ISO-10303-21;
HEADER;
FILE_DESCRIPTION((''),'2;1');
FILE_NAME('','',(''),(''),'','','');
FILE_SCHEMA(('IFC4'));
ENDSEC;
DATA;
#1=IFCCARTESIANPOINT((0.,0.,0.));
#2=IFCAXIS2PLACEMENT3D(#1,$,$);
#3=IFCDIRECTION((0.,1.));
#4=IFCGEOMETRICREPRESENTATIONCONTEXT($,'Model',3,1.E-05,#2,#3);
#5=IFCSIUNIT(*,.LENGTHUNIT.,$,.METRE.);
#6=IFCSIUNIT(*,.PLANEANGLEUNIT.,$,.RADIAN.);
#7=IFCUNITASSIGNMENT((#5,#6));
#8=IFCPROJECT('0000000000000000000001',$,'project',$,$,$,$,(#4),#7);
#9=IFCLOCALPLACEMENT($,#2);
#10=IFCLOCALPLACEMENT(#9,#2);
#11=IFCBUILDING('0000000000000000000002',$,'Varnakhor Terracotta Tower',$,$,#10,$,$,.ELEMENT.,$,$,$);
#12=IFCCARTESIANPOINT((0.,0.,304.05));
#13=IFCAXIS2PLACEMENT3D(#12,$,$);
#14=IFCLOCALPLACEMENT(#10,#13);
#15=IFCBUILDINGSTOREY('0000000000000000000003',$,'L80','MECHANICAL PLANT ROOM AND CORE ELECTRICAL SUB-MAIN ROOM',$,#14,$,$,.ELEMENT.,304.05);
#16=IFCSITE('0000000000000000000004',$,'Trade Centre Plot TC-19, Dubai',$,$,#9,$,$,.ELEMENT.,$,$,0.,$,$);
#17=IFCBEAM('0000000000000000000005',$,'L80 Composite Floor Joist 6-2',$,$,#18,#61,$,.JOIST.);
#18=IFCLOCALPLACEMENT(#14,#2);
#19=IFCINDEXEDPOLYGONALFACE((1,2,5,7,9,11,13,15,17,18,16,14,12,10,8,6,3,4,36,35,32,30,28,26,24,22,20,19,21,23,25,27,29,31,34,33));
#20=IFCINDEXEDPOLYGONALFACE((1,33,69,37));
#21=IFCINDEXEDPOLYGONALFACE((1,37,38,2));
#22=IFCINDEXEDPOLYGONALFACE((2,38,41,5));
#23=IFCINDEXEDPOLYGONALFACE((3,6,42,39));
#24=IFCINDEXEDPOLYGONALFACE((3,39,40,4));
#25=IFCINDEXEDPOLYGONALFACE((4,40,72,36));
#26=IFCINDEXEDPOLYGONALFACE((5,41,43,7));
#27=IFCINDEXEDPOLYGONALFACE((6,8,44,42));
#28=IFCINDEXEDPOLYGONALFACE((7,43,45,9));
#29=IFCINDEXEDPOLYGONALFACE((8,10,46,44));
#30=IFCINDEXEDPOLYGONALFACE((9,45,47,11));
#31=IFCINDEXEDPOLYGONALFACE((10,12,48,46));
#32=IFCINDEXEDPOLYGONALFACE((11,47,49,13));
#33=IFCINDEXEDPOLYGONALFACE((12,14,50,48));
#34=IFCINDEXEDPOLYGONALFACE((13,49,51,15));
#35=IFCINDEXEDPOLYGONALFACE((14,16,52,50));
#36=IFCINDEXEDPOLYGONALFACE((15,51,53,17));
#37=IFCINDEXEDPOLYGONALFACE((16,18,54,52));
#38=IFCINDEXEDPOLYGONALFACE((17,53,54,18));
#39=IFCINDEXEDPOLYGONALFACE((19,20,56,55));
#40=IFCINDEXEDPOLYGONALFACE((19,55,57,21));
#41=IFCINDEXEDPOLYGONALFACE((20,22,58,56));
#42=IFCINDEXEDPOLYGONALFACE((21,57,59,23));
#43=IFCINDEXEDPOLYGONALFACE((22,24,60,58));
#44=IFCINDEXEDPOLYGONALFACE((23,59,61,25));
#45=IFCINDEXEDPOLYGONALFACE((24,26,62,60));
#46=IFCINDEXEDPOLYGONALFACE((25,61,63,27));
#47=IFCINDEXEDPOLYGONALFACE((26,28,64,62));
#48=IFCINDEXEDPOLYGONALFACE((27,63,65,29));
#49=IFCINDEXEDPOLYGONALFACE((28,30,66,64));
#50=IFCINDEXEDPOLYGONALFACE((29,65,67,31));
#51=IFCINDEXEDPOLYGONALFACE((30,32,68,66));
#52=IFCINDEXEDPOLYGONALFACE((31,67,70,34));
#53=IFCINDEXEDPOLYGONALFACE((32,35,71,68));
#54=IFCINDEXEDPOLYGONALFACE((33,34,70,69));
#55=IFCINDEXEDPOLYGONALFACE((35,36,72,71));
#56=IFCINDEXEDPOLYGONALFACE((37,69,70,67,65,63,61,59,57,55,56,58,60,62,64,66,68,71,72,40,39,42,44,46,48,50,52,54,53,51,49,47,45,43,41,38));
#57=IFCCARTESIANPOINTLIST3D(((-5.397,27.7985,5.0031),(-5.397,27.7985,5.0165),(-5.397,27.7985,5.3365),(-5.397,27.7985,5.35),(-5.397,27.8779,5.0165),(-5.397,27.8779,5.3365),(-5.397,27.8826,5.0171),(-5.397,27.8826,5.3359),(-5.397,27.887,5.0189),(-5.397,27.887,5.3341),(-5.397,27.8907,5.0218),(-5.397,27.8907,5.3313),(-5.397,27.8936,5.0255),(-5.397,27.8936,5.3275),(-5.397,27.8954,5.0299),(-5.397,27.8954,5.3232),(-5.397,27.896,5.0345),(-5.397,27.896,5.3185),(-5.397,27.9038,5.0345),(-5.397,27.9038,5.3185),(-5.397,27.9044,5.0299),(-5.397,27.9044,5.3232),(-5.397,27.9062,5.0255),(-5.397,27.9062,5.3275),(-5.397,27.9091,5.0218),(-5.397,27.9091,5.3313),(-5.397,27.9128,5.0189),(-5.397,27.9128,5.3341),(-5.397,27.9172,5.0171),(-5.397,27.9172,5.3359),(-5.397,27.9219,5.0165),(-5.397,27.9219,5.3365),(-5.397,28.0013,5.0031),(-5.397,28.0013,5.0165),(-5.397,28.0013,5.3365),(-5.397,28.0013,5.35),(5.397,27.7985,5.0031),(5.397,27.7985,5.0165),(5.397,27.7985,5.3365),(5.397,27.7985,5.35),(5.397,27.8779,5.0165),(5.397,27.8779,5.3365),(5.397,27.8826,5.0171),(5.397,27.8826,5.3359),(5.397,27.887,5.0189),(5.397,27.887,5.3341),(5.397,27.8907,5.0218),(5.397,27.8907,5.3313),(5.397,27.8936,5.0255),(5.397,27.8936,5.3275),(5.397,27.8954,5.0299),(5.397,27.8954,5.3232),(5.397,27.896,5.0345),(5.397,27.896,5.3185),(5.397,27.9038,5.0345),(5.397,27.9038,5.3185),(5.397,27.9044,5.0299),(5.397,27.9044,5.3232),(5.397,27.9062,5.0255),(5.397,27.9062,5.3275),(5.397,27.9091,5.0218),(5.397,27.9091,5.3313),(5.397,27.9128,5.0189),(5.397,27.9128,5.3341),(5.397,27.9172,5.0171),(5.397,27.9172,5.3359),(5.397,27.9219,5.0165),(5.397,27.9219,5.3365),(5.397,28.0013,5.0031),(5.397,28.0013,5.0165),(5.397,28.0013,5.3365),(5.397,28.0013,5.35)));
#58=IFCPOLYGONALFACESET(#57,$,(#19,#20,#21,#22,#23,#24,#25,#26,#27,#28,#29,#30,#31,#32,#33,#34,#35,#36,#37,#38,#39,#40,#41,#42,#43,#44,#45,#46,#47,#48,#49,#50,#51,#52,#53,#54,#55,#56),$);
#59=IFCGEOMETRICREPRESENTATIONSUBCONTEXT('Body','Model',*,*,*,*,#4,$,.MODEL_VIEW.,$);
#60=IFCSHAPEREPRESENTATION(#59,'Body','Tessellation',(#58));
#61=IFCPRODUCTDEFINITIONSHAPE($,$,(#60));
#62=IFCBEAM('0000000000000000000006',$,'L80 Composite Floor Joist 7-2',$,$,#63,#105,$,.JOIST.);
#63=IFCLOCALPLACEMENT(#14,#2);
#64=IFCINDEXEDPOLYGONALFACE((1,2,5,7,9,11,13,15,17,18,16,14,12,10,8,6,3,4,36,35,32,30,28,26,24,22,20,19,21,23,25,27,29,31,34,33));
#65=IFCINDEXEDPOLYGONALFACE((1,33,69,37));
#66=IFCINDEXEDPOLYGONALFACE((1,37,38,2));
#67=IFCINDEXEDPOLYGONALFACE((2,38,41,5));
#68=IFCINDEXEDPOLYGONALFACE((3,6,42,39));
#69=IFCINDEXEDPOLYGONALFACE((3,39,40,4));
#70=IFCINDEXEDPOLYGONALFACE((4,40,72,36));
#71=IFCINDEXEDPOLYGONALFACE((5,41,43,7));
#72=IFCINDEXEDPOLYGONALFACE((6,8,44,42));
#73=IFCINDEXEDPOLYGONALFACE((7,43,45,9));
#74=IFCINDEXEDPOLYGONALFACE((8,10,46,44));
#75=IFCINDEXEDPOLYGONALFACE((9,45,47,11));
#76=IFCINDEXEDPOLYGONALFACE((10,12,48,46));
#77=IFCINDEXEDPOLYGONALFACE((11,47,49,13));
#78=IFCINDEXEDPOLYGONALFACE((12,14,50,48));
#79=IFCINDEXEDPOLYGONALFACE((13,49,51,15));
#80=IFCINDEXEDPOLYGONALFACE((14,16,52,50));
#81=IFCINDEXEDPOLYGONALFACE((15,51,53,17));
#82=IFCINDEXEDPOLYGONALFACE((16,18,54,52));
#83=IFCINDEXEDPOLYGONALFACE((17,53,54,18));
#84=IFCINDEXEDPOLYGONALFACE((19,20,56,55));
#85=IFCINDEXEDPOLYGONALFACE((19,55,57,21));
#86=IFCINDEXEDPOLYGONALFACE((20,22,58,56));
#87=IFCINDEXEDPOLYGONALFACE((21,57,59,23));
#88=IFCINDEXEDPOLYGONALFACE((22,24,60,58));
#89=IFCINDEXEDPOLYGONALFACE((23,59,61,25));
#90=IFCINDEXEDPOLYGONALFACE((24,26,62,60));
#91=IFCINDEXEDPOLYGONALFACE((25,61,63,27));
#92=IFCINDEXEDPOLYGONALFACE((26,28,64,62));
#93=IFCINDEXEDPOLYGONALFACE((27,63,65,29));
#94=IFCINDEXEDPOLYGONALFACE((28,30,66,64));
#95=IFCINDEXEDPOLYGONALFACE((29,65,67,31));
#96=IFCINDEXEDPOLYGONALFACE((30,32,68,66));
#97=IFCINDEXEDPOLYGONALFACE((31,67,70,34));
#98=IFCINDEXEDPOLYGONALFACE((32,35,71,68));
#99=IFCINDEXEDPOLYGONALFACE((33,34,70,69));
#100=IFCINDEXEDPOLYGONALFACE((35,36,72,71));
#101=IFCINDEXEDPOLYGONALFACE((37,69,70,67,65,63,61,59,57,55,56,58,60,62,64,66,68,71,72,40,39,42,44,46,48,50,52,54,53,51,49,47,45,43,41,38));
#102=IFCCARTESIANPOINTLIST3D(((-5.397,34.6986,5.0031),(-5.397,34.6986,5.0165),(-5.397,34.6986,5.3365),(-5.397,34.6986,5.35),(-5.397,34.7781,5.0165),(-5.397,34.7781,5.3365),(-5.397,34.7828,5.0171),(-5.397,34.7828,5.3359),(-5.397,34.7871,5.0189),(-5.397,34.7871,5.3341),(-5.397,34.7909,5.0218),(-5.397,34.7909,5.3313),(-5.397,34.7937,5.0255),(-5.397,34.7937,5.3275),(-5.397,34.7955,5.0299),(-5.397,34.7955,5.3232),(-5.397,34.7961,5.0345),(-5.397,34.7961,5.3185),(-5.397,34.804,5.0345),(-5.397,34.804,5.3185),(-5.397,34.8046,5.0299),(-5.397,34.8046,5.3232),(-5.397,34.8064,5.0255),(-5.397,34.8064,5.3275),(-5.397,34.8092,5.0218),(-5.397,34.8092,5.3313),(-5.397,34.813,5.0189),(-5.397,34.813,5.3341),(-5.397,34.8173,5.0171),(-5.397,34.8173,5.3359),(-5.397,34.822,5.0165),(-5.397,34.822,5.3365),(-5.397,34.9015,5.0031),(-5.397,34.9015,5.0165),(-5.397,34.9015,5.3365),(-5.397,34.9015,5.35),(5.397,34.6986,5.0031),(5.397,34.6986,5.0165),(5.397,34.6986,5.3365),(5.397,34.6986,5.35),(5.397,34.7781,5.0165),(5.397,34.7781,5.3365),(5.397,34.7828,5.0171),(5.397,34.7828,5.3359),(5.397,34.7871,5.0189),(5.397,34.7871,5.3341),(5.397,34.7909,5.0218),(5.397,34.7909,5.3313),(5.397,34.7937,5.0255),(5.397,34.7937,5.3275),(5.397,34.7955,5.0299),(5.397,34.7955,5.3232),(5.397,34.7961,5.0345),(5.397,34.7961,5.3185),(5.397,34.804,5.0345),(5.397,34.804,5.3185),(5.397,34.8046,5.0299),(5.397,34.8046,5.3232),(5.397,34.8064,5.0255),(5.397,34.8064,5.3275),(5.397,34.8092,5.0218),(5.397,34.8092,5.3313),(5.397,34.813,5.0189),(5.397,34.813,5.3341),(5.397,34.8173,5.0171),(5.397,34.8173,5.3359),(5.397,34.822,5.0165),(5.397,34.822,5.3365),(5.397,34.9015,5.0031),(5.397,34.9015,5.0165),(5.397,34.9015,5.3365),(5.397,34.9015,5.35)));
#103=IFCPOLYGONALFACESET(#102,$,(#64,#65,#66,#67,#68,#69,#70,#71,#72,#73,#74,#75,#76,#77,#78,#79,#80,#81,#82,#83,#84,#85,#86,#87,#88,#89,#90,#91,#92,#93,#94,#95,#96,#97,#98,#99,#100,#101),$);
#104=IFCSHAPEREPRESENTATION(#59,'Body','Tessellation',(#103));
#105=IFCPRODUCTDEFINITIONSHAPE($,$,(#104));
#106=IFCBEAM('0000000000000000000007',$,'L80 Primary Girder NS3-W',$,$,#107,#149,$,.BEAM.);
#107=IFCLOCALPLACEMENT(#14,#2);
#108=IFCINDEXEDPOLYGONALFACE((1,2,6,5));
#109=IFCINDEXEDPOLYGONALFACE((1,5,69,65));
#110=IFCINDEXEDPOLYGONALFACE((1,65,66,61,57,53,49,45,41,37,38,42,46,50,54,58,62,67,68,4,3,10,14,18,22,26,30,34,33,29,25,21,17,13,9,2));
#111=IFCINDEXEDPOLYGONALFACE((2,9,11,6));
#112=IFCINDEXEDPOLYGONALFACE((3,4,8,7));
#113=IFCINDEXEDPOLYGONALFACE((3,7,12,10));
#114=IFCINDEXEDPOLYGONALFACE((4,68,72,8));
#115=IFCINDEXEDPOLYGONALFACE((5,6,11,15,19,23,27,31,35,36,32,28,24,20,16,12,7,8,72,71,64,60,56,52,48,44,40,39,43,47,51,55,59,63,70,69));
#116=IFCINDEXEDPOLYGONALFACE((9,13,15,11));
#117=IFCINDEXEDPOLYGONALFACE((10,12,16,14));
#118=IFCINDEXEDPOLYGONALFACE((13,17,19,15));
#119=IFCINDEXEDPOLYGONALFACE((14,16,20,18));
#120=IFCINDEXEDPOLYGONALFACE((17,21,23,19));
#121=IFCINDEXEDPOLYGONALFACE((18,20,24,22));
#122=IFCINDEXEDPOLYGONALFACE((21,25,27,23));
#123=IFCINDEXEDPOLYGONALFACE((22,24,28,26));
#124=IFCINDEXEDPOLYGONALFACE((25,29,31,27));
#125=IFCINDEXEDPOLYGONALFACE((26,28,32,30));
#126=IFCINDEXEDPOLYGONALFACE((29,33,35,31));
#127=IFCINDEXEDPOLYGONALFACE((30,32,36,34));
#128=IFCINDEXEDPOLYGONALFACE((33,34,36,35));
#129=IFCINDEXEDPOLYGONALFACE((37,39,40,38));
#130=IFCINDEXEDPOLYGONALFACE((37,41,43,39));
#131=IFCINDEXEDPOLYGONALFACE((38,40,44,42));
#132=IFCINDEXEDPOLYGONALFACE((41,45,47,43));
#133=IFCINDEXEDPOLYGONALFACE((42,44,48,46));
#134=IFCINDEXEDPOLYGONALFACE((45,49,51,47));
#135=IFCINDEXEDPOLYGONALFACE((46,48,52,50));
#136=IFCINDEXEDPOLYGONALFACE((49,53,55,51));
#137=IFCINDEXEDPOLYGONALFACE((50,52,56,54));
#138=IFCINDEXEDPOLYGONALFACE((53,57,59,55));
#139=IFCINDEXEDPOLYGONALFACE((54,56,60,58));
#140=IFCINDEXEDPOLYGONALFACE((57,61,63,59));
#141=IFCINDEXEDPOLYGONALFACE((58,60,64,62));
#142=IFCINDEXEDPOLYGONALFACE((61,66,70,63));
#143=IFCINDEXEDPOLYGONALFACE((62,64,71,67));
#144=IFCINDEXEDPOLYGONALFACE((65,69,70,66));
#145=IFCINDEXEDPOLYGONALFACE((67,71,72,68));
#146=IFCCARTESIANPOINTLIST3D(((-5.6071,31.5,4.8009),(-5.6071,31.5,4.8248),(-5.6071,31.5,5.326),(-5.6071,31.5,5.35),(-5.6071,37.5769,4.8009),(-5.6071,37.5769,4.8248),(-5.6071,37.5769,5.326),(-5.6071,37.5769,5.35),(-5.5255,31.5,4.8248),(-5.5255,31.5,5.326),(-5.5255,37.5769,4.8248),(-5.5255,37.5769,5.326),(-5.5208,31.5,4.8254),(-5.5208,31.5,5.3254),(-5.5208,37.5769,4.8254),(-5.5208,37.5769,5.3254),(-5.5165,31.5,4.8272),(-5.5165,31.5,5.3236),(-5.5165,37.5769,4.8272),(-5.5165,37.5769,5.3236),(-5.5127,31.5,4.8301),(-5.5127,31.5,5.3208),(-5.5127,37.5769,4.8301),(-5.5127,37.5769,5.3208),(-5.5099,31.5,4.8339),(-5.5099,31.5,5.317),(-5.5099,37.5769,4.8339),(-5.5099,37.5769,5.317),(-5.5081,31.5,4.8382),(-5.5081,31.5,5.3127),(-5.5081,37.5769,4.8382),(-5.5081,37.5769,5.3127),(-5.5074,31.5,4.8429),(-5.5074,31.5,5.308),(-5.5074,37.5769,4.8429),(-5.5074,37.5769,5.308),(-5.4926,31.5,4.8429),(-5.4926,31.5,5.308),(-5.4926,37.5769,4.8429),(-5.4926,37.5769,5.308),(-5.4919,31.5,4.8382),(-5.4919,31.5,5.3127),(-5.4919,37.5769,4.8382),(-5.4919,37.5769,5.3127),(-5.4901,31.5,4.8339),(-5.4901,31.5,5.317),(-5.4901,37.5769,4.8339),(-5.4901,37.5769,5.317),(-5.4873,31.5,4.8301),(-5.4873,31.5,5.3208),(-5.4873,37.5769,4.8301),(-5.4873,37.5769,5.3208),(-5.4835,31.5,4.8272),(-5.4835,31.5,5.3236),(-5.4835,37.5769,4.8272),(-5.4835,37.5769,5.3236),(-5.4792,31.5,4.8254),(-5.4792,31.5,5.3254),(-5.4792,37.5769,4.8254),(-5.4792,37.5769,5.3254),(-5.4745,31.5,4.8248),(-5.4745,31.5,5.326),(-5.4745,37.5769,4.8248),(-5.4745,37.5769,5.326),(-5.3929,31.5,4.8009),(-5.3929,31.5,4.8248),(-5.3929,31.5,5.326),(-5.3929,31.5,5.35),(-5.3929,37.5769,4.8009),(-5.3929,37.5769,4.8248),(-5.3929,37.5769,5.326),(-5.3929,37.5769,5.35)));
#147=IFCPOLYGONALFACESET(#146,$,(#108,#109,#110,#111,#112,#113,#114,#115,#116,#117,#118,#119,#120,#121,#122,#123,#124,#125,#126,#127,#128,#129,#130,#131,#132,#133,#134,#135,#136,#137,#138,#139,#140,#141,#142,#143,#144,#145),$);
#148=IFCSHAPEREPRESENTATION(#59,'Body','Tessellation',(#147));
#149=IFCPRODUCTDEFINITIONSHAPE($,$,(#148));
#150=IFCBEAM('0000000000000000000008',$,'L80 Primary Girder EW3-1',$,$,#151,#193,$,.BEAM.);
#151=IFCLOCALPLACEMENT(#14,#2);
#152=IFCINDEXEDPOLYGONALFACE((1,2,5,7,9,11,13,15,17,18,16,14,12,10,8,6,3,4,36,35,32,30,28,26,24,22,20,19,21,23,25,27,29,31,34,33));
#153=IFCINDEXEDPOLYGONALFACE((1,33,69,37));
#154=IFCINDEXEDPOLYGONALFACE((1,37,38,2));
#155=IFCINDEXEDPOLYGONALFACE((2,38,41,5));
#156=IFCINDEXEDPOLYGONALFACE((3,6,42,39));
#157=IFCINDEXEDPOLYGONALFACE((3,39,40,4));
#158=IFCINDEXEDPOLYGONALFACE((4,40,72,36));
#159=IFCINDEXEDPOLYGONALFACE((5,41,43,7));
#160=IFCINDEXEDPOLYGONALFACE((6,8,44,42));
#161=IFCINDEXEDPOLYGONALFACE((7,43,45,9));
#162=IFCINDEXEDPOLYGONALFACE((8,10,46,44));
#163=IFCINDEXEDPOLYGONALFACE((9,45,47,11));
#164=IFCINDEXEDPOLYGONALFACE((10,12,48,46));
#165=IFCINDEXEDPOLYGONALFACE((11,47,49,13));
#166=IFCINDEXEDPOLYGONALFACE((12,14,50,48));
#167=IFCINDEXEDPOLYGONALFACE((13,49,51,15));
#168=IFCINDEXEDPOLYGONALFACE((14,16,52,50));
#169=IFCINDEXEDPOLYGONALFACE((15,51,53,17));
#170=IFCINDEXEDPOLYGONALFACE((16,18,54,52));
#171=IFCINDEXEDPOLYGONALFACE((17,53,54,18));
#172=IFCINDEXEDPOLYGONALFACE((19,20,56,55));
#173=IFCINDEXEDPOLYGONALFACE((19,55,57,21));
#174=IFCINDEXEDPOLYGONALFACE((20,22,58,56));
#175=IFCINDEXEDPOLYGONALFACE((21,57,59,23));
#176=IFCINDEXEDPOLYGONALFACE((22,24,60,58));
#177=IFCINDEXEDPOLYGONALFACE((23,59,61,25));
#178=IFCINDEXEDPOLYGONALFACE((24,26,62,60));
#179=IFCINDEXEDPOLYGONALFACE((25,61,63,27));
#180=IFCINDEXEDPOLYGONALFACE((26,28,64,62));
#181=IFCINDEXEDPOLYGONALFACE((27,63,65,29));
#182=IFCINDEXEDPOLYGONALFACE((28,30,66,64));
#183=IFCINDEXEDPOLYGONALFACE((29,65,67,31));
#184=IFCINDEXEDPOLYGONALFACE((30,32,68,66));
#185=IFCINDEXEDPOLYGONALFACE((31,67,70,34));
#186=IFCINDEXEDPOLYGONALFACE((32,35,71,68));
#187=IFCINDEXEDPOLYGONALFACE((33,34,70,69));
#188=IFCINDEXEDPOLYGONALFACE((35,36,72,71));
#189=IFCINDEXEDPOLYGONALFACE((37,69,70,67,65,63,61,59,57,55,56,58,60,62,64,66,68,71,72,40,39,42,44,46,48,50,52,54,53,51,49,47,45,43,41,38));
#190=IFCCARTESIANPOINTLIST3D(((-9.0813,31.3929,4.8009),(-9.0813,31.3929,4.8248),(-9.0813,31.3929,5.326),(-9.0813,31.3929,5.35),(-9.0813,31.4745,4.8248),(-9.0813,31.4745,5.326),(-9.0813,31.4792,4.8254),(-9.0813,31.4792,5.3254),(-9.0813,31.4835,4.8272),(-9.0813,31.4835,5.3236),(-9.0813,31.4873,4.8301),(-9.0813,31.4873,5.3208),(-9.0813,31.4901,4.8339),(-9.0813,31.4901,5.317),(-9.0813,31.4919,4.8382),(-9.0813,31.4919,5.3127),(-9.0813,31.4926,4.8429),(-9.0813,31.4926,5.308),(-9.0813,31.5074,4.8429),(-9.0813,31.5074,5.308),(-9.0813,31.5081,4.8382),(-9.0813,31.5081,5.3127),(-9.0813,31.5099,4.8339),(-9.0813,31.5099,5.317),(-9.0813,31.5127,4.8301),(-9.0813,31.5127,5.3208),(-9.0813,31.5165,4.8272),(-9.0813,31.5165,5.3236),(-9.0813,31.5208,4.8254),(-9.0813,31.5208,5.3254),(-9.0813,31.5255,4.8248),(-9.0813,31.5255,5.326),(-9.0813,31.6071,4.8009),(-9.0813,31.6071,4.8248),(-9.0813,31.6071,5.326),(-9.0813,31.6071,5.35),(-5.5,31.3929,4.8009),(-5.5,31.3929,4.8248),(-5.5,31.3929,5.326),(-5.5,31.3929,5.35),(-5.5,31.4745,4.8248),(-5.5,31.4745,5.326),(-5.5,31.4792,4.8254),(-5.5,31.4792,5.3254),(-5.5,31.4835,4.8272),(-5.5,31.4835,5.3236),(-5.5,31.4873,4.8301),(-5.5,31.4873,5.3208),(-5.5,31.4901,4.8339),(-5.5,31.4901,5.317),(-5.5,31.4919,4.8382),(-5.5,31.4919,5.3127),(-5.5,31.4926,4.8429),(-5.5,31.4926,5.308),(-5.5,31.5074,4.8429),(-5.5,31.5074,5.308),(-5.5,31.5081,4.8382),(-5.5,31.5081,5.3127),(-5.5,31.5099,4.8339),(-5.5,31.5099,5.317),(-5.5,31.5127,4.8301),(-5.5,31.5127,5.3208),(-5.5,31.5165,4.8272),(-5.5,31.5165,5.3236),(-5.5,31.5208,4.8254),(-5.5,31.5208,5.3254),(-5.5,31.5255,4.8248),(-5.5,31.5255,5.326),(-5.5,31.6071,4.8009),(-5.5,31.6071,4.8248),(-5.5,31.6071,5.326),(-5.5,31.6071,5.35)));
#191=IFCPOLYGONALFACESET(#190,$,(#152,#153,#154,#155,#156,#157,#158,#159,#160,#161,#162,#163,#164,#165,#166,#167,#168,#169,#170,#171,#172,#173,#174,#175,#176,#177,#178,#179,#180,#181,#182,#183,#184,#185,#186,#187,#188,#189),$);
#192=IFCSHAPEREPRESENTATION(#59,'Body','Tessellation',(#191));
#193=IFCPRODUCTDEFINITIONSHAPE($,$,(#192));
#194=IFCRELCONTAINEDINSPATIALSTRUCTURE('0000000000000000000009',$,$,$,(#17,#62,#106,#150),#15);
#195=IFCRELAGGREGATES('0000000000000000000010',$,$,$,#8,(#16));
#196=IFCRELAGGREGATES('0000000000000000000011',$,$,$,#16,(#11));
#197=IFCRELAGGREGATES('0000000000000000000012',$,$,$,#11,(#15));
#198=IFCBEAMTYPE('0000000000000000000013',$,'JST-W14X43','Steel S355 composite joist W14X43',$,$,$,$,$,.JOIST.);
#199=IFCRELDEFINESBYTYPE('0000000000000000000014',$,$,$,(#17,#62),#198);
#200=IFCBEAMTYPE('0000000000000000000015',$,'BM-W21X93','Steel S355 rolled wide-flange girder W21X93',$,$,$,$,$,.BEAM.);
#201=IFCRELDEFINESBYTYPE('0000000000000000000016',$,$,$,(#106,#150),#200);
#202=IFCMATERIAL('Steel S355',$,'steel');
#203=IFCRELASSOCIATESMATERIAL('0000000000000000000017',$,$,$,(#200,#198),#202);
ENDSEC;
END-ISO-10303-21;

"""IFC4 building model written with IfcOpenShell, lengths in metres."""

from ifc_helpers import new_model, si_unit, direction, frame, origin, origin_2d, place, context, subcontext, project, spatial, i_section, extrude, source, transform, mapped, material, material_profile, profile_set, type_object, element, save


model = new_model("IFC4")

# Units and contexts
model_context = context("Model", 3, precision=1e-05, world=origin(), true_north=direction((0.0, 1.0)))
body_context = subcontext(model_context, "Body", "Model", "MODEL_VIEW")
ifc_project = project(units=[si_unit("LENGTHUNIT", "METRE"), si_unit("PLANEANGLEUNIT", "RADIAN")], contexts=[model_context])

# Site, building, storey
site_placement = place(None, origin())
site = spatial("IfcSite", under=ifc_project, at=site_placement, Name="Trade Centre Plot TC-19, Dubai", CompositionType="ELEMENT", RefElevation=0.0)
building_placement = place(site_placement, origin())
building = spatial("IfcBuilding", under=site, at=building_placement, Name="Varnakhor Terracotta Tower", CompositionType="ELEMENT")
storey_placement = place(building_placement, frame((0.0, 0.0, 304.05)))
storey = spatial("IfcBuildingStorey", under=building, at=storey_placement, Name="L80", Description="MECHANICAL PLANT ROOM AND CORE ELECTRICAL SUB-MAIN ROOM", CompositionType="ELEMENT", Elevation=304.05)

# Beams
ifc_material_1 = material(Name="Steel S355", Category="steel")
ifc_material_profile_1 = material_profile(ifc_material_1, i_section(OverallWidth=0.2141, OverallDepth=0.5491, WebThickness=0.0149, FlangeThickness=0.0239, FilletRadius=0.0181, at=origin_2d()), Name="W21X93")
ifc_profile_set_1 = profile_set([ifc_material_profile_1], Name="Steel S355")
beam_type_1 = type_object("IfcBeamType", Name="BM-W21X93", Description="Steel S355 rolled wide-flange girder W21X93", PredefinedType="BEAM", material=ifc_profile_set_1)
ifc_material_profile_2 = material_profile(ifc_material_1, i_section(OverallWidth=0.2029, OverallDepth=0.3469, WebThickness=0.0078, FlangeThickness=0.0134, FilletRadius=0.0181, at=origin_2d()), Name="W14X43")
ifc_profile_set_2 = profile_set([ifc_material_profile_2], Name="Steel S355")
beam_type_2 = type_object("IfcBeamType", Name="JST-W14X43", Description="Steel S355 composite joist W14X43", PredefinedType="JOIST", material=ifc_profile_set_2)
shared_shape_1 = source(origin(), body_context, "Body", "SweptSolid", [
    extrude(i_section(OverallWidth=0.2029, OverallDepth=0.3469, WebThickness=0.0078, FlangeThickness=0.0134, FilletRadius=0.0181, at=origin_2d()), origin(), (0.0, 0.0, 1.0), 10.7939),
])
for number, where, z_axis, x_axis, name in (
    (1, (-5.397, 27.8999, 5.1765), (1.0, 0.0, 0.0), (0.0, 1.0, 0.0), "L80 Composite Floor Joist 6-2"),
    (2, (-5.397, 34.8, 5.1765), (1.0, 0.0, 0.0), (0.0, 1.0, 0.0), "L80 Composite Floor Joist 7-2"),
):
    element("IfcBeam", number, at=place(storey_placement, frame(where, z_axis=z_axis, x_axis=x_axis)), inside=storey, type_object=beam_type_2, Name=name, PredefinedType="JOIST", context=body_context, shape_type="MappedRepresentation", body=[
        mapped(shared_shape_1, transform((0.0, 0.0, 0.0), scale=1.0)),
    ])
shared_shape_2 = source(origin(), body_context, "Body", "SweptSolid", [
    extrude(i_section(OverallWidth=0.2141, OverallDepth=0.5491, WebThickness=0.0149, FlangeThickness=0.0239, FilletRadius=0.0181, at=origin_2d()), origin(), (0.0, 0.0, 1.0), 6.0769),
])
beam_1_placement = place(storey_placement, frame((-5.5, 31.5, 5.0754), z_axis=(0.0, 1.0, 0.0), x_axis=(-1.0, 0.0, 0.0)))
element("IfcBeam", 3, at=beam_1_placement, inside=storey, type_object=beam_type_1, Name="L80 Primary Girder NS3-W", PredefinedType="BEAM", context=body_context, shape_type="MappedRepresentation", body=[
    mapped(shared_shape_2, transform((0.0, 0.0, 0.0), scale=1.0)),
])
shared_shape_3 = source(origin(), body_context, "Body", "SweptSolid", [
    extrude(i_section(OverallWidth=0.2141, OverallDepth=0.5491, WebThickness=0.0149, FlangeThickness=0.0239, FilletRadius=0.0181, at=origin_2d()), origin(), (0.0, 0.0, 1.0), 3.5813),
])
beam_2_placement = place(storey_placement, frame((-9.0813, 31.5, 5.0754), z_axis=(1.0, 0.0, 0.0), x_axis=(0.0, 1.0, 0.0)))
element("IfcBeam", 4, at=beam_2_placement, inside=storey, type_object=beam_type_1, Name="L80 Primary Girder EW3-1", PredefinedType="BEAM", context=body_context, shape_type="MappedRepresentation", body=[
    mapped(shared_shape_3, transform((0.0, 0.0, 0.0), scale=1.0)),
])

save(model, "model.ifc")
